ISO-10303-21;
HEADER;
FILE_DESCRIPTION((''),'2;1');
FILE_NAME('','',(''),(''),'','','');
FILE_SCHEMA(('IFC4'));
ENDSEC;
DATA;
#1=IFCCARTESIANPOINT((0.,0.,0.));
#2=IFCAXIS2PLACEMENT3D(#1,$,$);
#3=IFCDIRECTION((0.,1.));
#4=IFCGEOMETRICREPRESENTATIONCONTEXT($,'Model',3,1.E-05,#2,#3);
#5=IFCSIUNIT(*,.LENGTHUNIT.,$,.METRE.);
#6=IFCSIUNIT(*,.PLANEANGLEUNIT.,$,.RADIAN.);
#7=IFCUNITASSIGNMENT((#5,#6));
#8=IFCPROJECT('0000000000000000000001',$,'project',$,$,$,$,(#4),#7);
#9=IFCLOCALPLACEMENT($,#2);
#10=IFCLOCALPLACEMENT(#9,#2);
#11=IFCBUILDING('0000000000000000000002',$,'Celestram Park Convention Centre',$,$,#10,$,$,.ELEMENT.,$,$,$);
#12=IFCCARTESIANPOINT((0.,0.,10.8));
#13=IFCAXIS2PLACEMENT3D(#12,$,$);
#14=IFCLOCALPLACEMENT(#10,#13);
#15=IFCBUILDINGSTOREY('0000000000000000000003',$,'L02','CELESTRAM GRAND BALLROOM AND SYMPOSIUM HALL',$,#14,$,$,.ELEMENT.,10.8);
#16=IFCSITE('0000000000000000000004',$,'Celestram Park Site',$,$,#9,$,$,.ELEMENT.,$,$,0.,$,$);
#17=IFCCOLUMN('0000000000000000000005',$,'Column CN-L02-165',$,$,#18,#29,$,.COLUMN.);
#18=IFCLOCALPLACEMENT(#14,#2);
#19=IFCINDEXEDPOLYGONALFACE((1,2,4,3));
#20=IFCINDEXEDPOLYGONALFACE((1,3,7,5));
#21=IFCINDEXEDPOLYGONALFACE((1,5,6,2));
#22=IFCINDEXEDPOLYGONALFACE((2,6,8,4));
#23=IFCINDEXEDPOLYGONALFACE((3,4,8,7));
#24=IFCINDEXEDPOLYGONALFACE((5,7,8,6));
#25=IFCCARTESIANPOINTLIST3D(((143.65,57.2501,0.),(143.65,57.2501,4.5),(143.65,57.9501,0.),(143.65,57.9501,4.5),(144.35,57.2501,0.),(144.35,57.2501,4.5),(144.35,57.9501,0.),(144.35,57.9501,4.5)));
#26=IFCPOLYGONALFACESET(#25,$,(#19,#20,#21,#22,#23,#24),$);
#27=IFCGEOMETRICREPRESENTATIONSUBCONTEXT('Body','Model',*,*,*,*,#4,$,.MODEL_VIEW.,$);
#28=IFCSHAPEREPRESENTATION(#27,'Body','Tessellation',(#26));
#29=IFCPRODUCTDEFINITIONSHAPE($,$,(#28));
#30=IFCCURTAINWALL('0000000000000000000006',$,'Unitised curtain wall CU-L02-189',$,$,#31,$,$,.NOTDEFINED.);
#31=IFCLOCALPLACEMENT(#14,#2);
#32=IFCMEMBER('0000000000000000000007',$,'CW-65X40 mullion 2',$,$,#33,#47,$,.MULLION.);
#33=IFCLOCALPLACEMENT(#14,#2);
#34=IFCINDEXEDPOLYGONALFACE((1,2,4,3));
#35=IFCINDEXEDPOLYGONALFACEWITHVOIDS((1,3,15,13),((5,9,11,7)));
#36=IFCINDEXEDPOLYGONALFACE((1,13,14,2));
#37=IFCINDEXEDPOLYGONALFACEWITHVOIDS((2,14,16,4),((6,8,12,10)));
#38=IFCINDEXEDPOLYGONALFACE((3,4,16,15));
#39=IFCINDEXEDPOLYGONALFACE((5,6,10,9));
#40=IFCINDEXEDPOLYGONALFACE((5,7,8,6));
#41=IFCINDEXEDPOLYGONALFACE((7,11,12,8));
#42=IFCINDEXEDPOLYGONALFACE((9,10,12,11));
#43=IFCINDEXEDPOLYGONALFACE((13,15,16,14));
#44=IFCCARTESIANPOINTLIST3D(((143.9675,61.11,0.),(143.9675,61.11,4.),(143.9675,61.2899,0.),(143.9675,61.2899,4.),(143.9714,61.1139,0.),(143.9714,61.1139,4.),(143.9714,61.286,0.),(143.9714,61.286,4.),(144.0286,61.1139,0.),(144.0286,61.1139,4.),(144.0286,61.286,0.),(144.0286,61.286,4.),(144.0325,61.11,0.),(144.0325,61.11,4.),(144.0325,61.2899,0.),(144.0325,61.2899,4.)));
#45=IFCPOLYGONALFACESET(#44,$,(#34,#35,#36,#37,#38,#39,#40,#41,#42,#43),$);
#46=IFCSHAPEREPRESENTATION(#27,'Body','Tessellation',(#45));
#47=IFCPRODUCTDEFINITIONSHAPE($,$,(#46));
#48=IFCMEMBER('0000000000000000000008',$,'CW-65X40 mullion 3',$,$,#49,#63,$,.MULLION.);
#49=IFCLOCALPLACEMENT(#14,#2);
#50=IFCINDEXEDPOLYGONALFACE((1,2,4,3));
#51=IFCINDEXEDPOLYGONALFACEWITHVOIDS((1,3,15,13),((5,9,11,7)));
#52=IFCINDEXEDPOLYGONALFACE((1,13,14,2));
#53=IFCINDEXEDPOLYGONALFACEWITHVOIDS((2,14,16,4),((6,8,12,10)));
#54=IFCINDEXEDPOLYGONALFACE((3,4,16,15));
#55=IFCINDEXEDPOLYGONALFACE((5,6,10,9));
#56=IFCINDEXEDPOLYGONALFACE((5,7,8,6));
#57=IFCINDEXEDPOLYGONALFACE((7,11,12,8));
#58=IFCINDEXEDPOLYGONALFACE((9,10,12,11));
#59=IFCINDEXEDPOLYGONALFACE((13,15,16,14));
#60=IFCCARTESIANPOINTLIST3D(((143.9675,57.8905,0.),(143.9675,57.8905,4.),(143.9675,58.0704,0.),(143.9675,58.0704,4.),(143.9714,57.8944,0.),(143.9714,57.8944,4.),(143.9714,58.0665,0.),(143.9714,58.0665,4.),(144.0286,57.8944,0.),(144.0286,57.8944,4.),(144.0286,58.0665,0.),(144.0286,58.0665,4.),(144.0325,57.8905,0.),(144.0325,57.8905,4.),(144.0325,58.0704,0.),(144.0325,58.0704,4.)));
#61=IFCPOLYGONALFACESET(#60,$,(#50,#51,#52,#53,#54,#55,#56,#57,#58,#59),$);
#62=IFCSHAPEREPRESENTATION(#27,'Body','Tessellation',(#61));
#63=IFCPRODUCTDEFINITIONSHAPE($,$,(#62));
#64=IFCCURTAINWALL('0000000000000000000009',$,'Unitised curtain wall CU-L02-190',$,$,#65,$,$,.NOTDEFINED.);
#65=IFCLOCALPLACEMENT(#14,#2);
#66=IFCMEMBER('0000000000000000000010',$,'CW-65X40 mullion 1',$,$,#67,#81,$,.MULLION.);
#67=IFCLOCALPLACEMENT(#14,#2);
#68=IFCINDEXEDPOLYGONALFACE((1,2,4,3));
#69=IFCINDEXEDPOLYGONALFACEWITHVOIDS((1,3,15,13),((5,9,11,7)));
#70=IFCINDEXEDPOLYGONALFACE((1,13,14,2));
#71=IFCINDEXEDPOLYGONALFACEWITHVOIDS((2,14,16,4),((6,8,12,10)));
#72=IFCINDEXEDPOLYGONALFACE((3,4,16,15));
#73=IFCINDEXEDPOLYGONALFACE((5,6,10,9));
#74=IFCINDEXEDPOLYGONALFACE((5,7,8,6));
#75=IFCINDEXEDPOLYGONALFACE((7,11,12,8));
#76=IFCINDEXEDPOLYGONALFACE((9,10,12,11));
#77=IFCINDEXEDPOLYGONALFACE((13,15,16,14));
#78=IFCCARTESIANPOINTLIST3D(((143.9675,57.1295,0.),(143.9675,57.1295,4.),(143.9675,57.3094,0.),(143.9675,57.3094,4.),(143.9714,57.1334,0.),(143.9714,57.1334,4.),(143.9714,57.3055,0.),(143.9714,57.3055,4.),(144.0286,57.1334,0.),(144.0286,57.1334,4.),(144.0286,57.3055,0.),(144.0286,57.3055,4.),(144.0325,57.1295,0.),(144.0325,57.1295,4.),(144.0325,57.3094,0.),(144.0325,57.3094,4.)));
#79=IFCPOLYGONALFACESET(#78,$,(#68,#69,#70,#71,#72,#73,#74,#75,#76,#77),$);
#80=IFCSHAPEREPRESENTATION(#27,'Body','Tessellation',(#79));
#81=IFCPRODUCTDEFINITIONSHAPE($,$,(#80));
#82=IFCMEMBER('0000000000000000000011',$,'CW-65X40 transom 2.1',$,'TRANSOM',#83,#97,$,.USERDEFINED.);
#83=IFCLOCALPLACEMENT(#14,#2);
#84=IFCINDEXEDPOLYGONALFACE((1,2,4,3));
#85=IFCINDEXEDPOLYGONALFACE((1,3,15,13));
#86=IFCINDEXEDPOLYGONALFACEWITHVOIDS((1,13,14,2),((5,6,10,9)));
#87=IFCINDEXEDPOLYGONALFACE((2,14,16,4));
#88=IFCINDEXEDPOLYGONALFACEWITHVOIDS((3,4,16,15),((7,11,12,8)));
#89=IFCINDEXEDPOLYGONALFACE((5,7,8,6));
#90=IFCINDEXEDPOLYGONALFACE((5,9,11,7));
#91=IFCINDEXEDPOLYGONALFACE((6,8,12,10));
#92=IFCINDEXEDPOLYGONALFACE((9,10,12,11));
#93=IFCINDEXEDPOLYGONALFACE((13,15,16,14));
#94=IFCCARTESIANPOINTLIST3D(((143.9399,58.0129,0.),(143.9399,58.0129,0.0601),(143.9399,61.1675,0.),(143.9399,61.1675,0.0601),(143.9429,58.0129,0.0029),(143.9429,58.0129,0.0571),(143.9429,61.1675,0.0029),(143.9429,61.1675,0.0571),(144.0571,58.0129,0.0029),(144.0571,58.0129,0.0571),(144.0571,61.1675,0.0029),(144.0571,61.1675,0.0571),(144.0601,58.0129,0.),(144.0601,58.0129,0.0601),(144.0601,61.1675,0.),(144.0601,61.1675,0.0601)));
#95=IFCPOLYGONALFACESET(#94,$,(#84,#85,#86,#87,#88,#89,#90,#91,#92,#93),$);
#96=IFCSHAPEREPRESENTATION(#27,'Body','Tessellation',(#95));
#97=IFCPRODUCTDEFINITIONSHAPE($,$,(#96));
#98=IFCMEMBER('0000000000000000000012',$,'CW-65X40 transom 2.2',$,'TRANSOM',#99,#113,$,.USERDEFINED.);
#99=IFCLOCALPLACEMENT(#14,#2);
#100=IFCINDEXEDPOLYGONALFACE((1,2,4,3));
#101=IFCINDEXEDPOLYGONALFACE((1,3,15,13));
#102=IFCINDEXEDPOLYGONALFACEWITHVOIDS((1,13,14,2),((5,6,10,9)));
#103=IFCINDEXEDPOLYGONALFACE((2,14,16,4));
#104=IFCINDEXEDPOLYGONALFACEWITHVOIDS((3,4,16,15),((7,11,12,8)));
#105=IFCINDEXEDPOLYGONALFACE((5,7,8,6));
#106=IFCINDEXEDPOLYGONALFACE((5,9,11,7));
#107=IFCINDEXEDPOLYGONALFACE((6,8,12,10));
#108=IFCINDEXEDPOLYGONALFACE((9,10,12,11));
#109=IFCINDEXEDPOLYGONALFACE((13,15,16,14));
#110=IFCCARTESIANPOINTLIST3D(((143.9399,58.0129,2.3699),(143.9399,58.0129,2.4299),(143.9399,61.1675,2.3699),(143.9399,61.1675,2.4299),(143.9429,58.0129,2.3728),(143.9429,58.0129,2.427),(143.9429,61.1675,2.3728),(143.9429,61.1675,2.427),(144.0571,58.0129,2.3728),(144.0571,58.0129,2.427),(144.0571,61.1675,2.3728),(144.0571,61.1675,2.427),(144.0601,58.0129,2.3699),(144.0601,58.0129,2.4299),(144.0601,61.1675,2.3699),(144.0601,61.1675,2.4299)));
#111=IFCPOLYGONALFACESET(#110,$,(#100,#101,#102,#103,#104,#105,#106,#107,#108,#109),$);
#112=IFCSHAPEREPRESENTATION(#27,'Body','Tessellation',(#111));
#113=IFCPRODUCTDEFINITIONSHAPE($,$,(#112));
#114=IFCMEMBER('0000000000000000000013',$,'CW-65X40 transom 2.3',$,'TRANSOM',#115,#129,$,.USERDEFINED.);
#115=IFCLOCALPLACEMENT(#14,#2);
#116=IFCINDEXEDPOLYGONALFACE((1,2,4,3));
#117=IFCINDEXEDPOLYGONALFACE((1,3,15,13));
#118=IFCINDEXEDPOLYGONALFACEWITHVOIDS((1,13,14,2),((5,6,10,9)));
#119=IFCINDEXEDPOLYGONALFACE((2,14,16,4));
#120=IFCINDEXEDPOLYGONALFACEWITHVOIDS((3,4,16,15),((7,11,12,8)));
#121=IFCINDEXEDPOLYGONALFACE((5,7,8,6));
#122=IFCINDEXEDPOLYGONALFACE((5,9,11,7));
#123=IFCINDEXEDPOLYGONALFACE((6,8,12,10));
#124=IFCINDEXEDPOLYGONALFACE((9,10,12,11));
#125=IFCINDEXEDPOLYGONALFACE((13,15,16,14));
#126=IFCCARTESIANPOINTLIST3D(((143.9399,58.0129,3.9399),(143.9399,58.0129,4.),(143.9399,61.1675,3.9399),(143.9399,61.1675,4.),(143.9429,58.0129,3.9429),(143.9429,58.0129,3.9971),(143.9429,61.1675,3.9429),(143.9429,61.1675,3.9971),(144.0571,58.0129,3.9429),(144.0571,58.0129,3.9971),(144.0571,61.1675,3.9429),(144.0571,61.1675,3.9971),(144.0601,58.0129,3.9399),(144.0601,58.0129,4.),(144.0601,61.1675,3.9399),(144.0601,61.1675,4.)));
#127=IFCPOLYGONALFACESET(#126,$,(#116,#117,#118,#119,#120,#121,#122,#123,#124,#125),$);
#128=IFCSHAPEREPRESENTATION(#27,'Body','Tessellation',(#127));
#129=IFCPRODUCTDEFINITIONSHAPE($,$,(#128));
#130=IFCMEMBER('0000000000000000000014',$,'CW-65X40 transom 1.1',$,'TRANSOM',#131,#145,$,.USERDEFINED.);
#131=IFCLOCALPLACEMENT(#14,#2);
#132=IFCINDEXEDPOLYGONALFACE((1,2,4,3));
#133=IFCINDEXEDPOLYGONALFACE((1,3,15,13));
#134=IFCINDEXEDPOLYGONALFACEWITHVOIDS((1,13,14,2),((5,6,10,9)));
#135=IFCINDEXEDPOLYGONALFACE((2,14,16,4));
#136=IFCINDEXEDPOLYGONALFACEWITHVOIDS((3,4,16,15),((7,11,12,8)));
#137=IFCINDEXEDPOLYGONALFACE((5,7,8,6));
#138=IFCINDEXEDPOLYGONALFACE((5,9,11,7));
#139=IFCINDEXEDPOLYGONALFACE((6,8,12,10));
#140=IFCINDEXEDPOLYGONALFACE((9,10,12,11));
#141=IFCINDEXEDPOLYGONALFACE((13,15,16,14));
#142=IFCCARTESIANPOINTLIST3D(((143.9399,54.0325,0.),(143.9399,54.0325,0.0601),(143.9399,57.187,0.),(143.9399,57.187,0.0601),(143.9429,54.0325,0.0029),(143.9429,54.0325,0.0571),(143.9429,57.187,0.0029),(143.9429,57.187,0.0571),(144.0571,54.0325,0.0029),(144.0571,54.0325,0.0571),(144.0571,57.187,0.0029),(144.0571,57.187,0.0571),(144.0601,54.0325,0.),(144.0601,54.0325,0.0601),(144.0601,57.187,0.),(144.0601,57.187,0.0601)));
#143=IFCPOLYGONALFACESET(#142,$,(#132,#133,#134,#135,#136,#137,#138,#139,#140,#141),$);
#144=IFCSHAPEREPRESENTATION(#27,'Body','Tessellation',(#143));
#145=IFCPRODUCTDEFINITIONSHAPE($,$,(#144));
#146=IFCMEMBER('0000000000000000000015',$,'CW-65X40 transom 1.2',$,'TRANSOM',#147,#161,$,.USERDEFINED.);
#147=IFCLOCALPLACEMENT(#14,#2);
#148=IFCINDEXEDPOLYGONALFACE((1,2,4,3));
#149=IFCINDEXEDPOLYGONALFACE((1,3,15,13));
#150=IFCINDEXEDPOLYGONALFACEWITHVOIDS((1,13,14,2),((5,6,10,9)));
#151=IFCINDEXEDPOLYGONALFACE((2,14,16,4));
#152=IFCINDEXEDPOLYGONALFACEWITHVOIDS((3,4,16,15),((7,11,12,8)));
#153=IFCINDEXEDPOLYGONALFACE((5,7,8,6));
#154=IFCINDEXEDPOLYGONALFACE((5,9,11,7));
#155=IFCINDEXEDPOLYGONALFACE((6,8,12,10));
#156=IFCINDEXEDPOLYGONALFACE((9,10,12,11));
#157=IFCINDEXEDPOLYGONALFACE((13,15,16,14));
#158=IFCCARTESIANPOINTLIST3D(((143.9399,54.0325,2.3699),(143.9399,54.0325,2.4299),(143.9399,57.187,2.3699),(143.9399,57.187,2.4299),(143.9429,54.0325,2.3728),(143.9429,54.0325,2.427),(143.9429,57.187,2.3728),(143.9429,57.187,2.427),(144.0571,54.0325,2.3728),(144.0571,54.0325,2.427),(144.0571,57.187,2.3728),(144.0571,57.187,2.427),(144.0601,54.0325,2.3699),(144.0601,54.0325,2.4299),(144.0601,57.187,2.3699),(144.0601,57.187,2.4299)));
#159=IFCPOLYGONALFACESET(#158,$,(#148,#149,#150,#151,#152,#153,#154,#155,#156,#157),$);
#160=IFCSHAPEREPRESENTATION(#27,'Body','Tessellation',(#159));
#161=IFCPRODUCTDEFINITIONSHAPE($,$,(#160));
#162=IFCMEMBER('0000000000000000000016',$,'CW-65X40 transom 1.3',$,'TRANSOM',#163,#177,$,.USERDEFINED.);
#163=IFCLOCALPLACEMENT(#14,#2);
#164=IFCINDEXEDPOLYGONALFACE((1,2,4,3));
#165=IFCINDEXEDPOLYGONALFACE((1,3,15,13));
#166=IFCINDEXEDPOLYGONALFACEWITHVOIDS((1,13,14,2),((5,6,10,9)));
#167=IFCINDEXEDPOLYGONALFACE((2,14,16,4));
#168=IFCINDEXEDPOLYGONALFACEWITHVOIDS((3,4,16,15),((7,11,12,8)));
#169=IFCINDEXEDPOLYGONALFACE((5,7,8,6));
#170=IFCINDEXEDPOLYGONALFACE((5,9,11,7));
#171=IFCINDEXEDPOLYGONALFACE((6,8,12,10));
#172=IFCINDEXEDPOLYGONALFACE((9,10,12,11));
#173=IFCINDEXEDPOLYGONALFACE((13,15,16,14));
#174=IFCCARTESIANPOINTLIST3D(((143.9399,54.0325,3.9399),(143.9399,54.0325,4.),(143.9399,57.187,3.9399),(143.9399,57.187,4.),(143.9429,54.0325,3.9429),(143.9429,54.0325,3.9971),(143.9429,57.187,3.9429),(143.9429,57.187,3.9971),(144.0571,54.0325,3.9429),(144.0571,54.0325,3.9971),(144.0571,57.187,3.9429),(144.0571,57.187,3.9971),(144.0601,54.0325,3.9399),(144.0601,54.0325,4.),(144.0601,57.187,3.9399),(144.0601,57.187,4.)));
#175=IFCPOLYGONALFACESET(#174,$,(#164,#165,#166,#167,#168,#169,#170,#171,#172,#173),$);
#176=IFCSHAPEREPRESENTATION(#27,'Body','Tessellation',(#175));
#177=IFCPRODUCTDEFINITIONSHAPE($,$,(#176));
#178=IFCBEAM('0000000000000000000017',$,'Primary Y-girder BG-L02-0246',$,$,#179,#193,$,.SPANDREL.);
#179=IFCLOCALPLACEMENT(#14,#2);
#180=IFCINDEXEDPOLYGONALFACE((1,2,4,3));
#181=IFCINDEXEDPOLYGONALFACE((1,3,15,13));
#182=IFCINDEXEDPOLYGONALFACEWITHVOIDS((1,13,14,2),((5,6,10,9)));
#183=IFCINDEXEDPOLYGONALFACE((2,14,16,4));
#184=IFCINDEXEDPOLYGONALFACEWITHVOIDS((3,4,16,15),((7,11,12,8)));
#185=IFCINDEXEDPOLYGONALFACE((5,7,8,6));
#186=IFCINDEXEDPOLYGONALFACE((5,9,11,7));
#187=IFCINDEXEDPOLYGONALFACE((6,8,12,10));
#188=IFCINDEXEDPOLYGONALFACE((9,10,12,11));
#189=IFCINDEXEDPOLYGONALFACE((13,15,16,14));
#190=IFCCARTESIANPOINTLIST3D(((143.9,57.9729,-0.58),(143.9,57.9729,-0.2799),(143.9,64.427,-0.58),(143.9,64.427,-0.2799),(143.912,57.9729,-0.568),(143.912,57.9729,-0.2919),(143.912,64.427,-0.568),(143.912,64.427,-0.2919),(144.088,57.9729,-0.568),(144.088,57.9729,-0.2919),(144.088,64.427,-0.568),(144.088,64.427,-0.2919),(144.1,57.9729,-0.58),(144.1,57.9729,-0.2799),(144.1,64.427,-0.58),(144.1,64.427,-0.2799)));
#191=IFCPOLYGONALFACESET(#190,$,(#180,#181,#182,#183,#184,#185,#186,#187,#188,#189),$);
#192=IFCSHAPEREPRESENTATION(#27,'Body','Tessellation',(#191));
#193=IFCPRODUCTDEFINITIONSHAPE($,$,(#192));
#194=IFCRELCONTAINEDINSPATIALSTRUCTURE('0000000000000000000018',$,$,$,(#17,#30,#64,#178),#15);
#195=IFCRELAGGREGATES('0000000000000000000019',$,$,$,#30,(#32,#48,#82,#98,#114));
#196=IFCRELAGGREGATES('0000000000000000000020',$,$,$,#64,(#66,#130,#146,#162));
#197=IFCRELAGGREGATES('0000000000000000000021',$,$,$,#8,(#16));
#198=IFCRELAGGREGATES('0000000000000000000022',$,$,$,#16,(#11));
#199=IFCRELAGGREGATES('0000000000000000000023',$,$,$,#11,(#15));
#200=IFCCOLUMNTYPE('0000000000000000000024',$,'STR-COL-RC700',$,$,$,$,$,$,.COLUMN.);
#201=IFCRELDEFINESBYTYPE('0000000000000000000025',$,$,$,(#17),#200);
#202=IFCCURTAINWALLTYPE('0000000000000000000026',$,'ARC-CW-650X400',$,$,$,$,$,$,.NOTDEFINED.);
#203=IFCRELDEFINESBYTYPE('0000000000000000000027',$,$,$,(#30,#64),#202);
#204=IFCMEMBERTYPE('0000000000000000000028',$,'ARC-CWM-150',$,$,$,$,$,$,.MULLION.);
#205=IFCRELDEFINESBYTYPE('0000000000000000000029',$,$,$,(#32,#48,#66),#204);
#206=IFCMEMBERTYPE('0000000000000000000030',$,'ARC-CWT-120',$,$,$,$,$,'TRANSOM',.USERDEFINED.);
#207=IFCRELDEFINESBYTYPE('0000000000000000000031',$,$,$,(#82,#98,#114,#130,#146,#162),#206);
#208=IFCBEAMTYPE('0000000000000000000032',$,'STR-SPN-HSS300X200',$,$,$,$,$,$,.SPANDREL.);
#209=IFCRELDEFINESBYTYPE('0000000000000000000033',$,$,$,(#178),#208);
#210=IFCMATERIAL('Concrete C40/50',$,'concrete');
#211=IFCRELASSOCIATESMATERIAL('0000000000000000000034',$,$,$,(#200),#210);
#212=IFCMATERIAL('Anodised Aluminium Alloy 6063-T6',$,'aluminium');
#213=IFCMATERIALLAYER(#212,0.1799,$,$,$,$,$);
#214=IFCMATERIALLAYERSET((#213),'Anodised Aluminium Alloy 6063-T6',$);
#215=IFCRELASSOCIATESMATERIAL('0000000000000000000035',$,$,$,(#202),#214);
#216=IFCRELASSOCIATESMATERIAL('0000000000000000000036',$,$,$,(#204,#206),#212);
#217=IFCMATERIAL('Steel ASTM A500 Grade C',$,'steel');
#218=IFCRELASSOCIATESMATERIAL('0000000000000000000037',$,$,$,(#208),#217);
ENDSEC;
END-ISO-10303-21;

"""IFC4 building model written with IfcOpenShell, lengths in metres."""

from ifc_helpers import new_model, si_unit, direction, frame, origin, origin_2d, place, context, subcontext, project, spatial, rectangle, hollow_rectangle, extrude, material, layer, layer_set, material_profile, profile_set, type_object, element, aggregate, save


model = new_model("IFC4")

# Units and contexts
model_context = context("Model", 3, precision=1e-05, world=origin(), true_north=direction((0.0, 1.0)))
body_context = subcontext(model_context, "Body", "Model", "MODEL_VIEW")
ifc_project = project(units=[si_unit("LENGTHUNIT", "METRE"), si_unit("PLANEANGLEUNIT", "RADIAN")], contexts=[model_context])

# Site, building, storey
site_placement = place(None, origin())
site = spatial("IfcSite", under=ifc_project, at=site_placement, Name="Celestram Park Site", CompositionType="ELEMENT", RefElevation=0.0)
building_placement = place(site_placement, origin())
building = spatial("IfcBuilding", under=site, at=building_placement, Name="Celestram Park Convention Centre", CompositionType="ELEMENT")
storey_placement = place(building_placement, frame((0.0, 0.0, 10.8)))
storey = spatial("IfcBuildingStorey", under=building, at=storey_placement, Name="L02", Description="CELESTRAM GRAND BALLROOM AND SYMPOSIUM HALL", CompositionType="ELEMENT", Elevation=10.8)

# Column
ifc_material_1 = material(Name="Concrete C40/50", Category="concrete")
ifc_material_profile_1 = material_profile(ifc_material_1, rectangle(XDim=0.7, YDim=0.7, at=origin_2d()), Name="RC700X700")
ifc_profile_set_1 = profile_set([ifc_material_profile_1], Name="Concrete C40/50")
column_type = type_object("IfcColumnType", Name="STR-COL-RC700", PredefinedType="COLUMN", material=ifc_profile_set_1)
column_placement = place(storey_placement, frame((144.0, 57.6001, 0.0), z_axis=(0.0, 0.0, 1.0), x_axis=(1.0, 0.0, 0.0)))
element("IfcColumn", 1, at=column_placement, inside=storey, type_object=column_type, Name="Column CN-L02-165", PredefinedType="COLUMN", context=body_context, shape_type="SweptSolid", body=[
    extrude(rectangle(XDim=0.7, YDim=0.7, at=origin_2d()), origin(), (0.0, 0.0, 1.0), 4.5),
])

# Curtain wall, members
ifc_material_2 = material(Name="Anodised Aluminium Alloy 6063-T6", Category="aluminium")
ifc_layer_1 = layer(ifc_material_2, 0.1799)
ifc_layer_set_1 = layer_set([ifc_layer_1], Name="Anodised Aluminium Alloy 6063-T6")
curtain_wall_type = type_object("IfcCurtainWallType", Name="ARC-CW-650X400", PredefinedType="NOTDEFINED", material=ifc_layer_set_1)
curtain_wall_1_placement = place(storey_placement, origin())
curtain_wall_1 = element("IfcCurtainWall", 2, at=curtain_wall_1_placement, inside=storey, type_object=curtain_wall_type, Name="Unitised curtain wall CU-L02-189", PredefinedType="NOTDEFINED")
ifc_material_profile_2 = material_profile(ifc_material_2, hollow_rectangle(XDim=0.0649, YDim=0.1799, WallThickness=0.0039, at=origin_2d()), Name="ALU65X180X4")
ifc_profile_set_2 = profile_set([ifc_material_profile_2], Name="Anodised Aluminium Alloy 6063-T6")
member_type_1 = type_object("IfcMemberType", Name="ARC-CWM-150", PredefinedType="MULLION", material=ifc_profile_set_2)
member_1_placement = place(storey_placement, frame((144.0, 61.2, 0.0), z_axis=(0.0, 0.0, 1.0), x_axis=(1.0, 0.0, 0.0)))
member_1 = element("IfcMember", 3, at=member_1_placement, type_object=member_type_1, Name="CW-65X40 mullion 2", PredefinedType="MULLION", context=body_context, shape_type="SweptSolid", body=[
    extrude(hollow_rectangle(XDim=0.0649, YDim=0.1799, WallThickness=0.0039, at=origin_2d()), origin(), (0.0, 0.0, 1.0), 4.0),
])
member_2_placement = place(storey_placement, frame((144.0, 57.9805, 0.0), z_axis=(0.0, 0.0, 1.0), x_axis=(1.0, 0.0, 0.0)))
member_2 = element("IfcMember", 4, at=member_2_placement, type_object=member_type_1, Name="CW-65X40 mullion 3", PredefinedType="MULLION", context=body_context, shape_type="SweptSolid", body=[
    extrude(hollow_rectangle(XDim=0.0649, YDim=0.1799, WallThickness=0.0039, at=origin_2d()), origin(), (0.0, 0.0, 1.0), 4.0),
])

# Curtain wall, member
curtain_wall_2_placement = place(storey_placement, origin())
curtain_wall_2 = element("IfcCurtainWall", 5, at=curtain_wall_2_placement, inside=storey, type_object=curtain_wall_type, Name="Unitised curtain wall CU-L02-190", PredefinedType="NOTDEFINED")
member_3_placement = place(storey_placement, frame((144.0, 57.2195, 0.0), z_axis=(0.0, 0.0, 1.0), x_axis=(1.0, 0.0, 0.0)))
member_3 = element("IfcMember", 6, at=member_3_placement, type_object=member_type_1, Name="CW-65X40 mullion 1", PredefinedType="MULLION", context=body_context, shape_type="SweptSolid", body=[
    extrude(hollow_rectangle(XDim=0.0649, YDim=0.1799, WallThickness=0.0039, at=origin_2d()), origin(), (0.0, 0.0, 1.0), 4.0),
])

# Members
ifc_material_profile_3 = material_profile(ifc_material_2, hollow_rectangle(XDim=0.1201, YDim=0.0601, WallThickness=0.0029, at=origin_2d()), Name="ALU120X60X3")
ifc_profile_set_3 = profile_set([ifc_material_profile_3], Name="Anodised Aluminium Alloy 6063-T6")
member_type_2 = type_object("IfcMemberType", Name="ARC-CWT-120", ElementType="TRANSOM", PredefinedType="USERDEFINED", material=ifc_profile_set_3)
member_4_placement = place(storey_placement, frame((144.0, 61.1675, 0.03), z_axis=(0.0, -1.0, 0.0), x_axis=(1.0, 0.0, 0.0)))
member_4 = element("IfcMember", 7, at=member_4_placement, type_object=member_type_2, Name="CW-65X40 transom 2.1", ObjectType="TRANSOM", PredefinedType="USERDEFINED", context=body_context, shape_type="SweptSolid", body=[
    extrude(hollow_rectangle(XDim=0.1201, YDim=0.0601, WallThickness=0.0029, at=origin_2d()), origin(), (0.0, 0.0, 1.0), 3.1545),
])
member_5_placement = place(storey_placement, frame((144.0, 61.1675, 2.3999), z_axis=(0.0, -1.0, 0.0), x_axis=(1.0, 0.0, 0.0)))
member_5 = element("IfcMember", 8, at=member_5_placement, type_object=member_type_2, Name="CW-65X40 transom 2.2", ObjectType="TRANSOM", PredefinedType="USERDEFINED", context=body_context, shape_type="SweptSolid", body=[
    extrude(hollow_rectangle(XDim=0.1201, YDim=0.0601, WallThickness=0.0029, at=origin_2d()), origin(), (0.0, 0.0, 1.0), 3.1545),
])
member_6_placement = place(storey_placement, frame((144.0, 61.1675, 3.97), z_axis=(0.0, -1.0, 0.0), x_axis=(1.0, 0.0, 0.0)))
member_6 = element("IfcMember", 9, at=member_6_placement, type_object=member_type_2, Name="CW-65X40 transom 2.3", ObjectType="TRANSOM", PredefinedType="USERDEFINED", context=body_context, shape_type="SweptSolid", body=[
    extrude(hollow_rectangle(XDim=0.1201, YDim=0.0601, WallThickness=0.0029, at=origin_2d()), origin(), (0.0, 0.0, 1.0), 3.1545),
])
member_7_placement = place(storey_placement, frame((144.0, 57.187, 0.03), z_axis=(0.0, -1.0, 0.0), x_axis=(1.0, 0.0, 0.0)))
member_7 = element("IfcMember", 10, at=member_7_placement, type_object=member_type_2, Name="CW-65X40 transom 1.1", ObjectType="TRANSOM", PredefinedType="USERDEFINED", context=body_context, shape_type="SweptSolid", body=[
    extrude(hollow_rectangle(XDim=0.1201, YDim=0.0601, WallThickness=0.0029, at=origin_2d()), origin(), (0.0, 0.0, 1.0), 3.1545),
])
member_8_placement = place(storey_placement, frame((144.0, 57.187, 2.3999), z_axis=(0.0, -1.0, 0.0), x_axis=(1.0, 0.0, 0.0)))
member_8 = element("IfcMember", 11, at=member_8_placement, type_object=member_type_2, Name="CW-65X40 transom 1.2", ObjectType="TRANSOM", PredefinedType="USERDEFINED", context=body_context, shape_type="SweptSolid", body=[
    extrude(hollow_rectangle(XDim=0.1201, YDim=0.0601, WallThickness=0.0029, at=origin_2d()), origin(), (0.0, 0.0, 1.0), 3.1545),
])
member_9_placement = place(storey_placement, frame((144.0, 57.187, 3.97), z_axis=(0.0, -1.0, 0.0), x_axis=(1.0, 0.0, 0.0)))
member_9 = element("IfcMember", 12, at=member_9_placement, type_object=member_type_2, Name="CW-65X40 transom 1.3", ObjectType="TRANSOM", PredefinedType="USERDEFINED", context=body_context, shape_type="SweptSolid", body=[
    extrude(hollow_rectangle(XDim=0.1201, YDim=0.0601, WallThickness=0.0029, at=origin_2d()), origin(), (0.0, 0.0, 1.0), 3.1545),
])

# Beam
ifc_material_3 = material(Name="Steel ASTM A500 Grade C", Category="steel")
ifc_material_profile_4 = material_profile(ifc_material_3, hollow_rectangle(XDim=0.2, YDim=0.3, WallThickness=0.012, at=origin_2d()), Name="HSS300X200X12")
ifc_profile_set_4 = profile_set([ifc_material_profile_4], Name="Steel ASTM A500 Grade C")
beam_type = type_object("IfcBeamType", Name="STR-SPN-HSS300X200", PredefinedType="SPANDREL", material=ifc_profile_set_4)
beam_placement = place(storey_placement, frame((144.0, 57.9729, -0.4299), z_axis=(0.0, 1.0, 0.0), x_axis=(-1.0, 0.0, 0.0)))
element("IfcBeam", 13, at=beam_placement, inside=storey, type_object=beam_type, Name="Primary Y-girder BG-L02-0246", PredefinedType="SPANDREL", context=body_context, shape_type="SweptSolid", body=[
    extrude(hollow_rectangle(XDim=0.2, YDim=0.3, WallThickness=0.012, at=origin_2d()), origin(), (0.0, 0.0, 1.0), 6.4541),
])

aggregate(curtain_wall_1, [member_1, member_2, member_4, member_5, member_6])
aggregate(curtain_wall_2, [member_3, member_7, member_8, member_9])

save(model, "model.ifc")
